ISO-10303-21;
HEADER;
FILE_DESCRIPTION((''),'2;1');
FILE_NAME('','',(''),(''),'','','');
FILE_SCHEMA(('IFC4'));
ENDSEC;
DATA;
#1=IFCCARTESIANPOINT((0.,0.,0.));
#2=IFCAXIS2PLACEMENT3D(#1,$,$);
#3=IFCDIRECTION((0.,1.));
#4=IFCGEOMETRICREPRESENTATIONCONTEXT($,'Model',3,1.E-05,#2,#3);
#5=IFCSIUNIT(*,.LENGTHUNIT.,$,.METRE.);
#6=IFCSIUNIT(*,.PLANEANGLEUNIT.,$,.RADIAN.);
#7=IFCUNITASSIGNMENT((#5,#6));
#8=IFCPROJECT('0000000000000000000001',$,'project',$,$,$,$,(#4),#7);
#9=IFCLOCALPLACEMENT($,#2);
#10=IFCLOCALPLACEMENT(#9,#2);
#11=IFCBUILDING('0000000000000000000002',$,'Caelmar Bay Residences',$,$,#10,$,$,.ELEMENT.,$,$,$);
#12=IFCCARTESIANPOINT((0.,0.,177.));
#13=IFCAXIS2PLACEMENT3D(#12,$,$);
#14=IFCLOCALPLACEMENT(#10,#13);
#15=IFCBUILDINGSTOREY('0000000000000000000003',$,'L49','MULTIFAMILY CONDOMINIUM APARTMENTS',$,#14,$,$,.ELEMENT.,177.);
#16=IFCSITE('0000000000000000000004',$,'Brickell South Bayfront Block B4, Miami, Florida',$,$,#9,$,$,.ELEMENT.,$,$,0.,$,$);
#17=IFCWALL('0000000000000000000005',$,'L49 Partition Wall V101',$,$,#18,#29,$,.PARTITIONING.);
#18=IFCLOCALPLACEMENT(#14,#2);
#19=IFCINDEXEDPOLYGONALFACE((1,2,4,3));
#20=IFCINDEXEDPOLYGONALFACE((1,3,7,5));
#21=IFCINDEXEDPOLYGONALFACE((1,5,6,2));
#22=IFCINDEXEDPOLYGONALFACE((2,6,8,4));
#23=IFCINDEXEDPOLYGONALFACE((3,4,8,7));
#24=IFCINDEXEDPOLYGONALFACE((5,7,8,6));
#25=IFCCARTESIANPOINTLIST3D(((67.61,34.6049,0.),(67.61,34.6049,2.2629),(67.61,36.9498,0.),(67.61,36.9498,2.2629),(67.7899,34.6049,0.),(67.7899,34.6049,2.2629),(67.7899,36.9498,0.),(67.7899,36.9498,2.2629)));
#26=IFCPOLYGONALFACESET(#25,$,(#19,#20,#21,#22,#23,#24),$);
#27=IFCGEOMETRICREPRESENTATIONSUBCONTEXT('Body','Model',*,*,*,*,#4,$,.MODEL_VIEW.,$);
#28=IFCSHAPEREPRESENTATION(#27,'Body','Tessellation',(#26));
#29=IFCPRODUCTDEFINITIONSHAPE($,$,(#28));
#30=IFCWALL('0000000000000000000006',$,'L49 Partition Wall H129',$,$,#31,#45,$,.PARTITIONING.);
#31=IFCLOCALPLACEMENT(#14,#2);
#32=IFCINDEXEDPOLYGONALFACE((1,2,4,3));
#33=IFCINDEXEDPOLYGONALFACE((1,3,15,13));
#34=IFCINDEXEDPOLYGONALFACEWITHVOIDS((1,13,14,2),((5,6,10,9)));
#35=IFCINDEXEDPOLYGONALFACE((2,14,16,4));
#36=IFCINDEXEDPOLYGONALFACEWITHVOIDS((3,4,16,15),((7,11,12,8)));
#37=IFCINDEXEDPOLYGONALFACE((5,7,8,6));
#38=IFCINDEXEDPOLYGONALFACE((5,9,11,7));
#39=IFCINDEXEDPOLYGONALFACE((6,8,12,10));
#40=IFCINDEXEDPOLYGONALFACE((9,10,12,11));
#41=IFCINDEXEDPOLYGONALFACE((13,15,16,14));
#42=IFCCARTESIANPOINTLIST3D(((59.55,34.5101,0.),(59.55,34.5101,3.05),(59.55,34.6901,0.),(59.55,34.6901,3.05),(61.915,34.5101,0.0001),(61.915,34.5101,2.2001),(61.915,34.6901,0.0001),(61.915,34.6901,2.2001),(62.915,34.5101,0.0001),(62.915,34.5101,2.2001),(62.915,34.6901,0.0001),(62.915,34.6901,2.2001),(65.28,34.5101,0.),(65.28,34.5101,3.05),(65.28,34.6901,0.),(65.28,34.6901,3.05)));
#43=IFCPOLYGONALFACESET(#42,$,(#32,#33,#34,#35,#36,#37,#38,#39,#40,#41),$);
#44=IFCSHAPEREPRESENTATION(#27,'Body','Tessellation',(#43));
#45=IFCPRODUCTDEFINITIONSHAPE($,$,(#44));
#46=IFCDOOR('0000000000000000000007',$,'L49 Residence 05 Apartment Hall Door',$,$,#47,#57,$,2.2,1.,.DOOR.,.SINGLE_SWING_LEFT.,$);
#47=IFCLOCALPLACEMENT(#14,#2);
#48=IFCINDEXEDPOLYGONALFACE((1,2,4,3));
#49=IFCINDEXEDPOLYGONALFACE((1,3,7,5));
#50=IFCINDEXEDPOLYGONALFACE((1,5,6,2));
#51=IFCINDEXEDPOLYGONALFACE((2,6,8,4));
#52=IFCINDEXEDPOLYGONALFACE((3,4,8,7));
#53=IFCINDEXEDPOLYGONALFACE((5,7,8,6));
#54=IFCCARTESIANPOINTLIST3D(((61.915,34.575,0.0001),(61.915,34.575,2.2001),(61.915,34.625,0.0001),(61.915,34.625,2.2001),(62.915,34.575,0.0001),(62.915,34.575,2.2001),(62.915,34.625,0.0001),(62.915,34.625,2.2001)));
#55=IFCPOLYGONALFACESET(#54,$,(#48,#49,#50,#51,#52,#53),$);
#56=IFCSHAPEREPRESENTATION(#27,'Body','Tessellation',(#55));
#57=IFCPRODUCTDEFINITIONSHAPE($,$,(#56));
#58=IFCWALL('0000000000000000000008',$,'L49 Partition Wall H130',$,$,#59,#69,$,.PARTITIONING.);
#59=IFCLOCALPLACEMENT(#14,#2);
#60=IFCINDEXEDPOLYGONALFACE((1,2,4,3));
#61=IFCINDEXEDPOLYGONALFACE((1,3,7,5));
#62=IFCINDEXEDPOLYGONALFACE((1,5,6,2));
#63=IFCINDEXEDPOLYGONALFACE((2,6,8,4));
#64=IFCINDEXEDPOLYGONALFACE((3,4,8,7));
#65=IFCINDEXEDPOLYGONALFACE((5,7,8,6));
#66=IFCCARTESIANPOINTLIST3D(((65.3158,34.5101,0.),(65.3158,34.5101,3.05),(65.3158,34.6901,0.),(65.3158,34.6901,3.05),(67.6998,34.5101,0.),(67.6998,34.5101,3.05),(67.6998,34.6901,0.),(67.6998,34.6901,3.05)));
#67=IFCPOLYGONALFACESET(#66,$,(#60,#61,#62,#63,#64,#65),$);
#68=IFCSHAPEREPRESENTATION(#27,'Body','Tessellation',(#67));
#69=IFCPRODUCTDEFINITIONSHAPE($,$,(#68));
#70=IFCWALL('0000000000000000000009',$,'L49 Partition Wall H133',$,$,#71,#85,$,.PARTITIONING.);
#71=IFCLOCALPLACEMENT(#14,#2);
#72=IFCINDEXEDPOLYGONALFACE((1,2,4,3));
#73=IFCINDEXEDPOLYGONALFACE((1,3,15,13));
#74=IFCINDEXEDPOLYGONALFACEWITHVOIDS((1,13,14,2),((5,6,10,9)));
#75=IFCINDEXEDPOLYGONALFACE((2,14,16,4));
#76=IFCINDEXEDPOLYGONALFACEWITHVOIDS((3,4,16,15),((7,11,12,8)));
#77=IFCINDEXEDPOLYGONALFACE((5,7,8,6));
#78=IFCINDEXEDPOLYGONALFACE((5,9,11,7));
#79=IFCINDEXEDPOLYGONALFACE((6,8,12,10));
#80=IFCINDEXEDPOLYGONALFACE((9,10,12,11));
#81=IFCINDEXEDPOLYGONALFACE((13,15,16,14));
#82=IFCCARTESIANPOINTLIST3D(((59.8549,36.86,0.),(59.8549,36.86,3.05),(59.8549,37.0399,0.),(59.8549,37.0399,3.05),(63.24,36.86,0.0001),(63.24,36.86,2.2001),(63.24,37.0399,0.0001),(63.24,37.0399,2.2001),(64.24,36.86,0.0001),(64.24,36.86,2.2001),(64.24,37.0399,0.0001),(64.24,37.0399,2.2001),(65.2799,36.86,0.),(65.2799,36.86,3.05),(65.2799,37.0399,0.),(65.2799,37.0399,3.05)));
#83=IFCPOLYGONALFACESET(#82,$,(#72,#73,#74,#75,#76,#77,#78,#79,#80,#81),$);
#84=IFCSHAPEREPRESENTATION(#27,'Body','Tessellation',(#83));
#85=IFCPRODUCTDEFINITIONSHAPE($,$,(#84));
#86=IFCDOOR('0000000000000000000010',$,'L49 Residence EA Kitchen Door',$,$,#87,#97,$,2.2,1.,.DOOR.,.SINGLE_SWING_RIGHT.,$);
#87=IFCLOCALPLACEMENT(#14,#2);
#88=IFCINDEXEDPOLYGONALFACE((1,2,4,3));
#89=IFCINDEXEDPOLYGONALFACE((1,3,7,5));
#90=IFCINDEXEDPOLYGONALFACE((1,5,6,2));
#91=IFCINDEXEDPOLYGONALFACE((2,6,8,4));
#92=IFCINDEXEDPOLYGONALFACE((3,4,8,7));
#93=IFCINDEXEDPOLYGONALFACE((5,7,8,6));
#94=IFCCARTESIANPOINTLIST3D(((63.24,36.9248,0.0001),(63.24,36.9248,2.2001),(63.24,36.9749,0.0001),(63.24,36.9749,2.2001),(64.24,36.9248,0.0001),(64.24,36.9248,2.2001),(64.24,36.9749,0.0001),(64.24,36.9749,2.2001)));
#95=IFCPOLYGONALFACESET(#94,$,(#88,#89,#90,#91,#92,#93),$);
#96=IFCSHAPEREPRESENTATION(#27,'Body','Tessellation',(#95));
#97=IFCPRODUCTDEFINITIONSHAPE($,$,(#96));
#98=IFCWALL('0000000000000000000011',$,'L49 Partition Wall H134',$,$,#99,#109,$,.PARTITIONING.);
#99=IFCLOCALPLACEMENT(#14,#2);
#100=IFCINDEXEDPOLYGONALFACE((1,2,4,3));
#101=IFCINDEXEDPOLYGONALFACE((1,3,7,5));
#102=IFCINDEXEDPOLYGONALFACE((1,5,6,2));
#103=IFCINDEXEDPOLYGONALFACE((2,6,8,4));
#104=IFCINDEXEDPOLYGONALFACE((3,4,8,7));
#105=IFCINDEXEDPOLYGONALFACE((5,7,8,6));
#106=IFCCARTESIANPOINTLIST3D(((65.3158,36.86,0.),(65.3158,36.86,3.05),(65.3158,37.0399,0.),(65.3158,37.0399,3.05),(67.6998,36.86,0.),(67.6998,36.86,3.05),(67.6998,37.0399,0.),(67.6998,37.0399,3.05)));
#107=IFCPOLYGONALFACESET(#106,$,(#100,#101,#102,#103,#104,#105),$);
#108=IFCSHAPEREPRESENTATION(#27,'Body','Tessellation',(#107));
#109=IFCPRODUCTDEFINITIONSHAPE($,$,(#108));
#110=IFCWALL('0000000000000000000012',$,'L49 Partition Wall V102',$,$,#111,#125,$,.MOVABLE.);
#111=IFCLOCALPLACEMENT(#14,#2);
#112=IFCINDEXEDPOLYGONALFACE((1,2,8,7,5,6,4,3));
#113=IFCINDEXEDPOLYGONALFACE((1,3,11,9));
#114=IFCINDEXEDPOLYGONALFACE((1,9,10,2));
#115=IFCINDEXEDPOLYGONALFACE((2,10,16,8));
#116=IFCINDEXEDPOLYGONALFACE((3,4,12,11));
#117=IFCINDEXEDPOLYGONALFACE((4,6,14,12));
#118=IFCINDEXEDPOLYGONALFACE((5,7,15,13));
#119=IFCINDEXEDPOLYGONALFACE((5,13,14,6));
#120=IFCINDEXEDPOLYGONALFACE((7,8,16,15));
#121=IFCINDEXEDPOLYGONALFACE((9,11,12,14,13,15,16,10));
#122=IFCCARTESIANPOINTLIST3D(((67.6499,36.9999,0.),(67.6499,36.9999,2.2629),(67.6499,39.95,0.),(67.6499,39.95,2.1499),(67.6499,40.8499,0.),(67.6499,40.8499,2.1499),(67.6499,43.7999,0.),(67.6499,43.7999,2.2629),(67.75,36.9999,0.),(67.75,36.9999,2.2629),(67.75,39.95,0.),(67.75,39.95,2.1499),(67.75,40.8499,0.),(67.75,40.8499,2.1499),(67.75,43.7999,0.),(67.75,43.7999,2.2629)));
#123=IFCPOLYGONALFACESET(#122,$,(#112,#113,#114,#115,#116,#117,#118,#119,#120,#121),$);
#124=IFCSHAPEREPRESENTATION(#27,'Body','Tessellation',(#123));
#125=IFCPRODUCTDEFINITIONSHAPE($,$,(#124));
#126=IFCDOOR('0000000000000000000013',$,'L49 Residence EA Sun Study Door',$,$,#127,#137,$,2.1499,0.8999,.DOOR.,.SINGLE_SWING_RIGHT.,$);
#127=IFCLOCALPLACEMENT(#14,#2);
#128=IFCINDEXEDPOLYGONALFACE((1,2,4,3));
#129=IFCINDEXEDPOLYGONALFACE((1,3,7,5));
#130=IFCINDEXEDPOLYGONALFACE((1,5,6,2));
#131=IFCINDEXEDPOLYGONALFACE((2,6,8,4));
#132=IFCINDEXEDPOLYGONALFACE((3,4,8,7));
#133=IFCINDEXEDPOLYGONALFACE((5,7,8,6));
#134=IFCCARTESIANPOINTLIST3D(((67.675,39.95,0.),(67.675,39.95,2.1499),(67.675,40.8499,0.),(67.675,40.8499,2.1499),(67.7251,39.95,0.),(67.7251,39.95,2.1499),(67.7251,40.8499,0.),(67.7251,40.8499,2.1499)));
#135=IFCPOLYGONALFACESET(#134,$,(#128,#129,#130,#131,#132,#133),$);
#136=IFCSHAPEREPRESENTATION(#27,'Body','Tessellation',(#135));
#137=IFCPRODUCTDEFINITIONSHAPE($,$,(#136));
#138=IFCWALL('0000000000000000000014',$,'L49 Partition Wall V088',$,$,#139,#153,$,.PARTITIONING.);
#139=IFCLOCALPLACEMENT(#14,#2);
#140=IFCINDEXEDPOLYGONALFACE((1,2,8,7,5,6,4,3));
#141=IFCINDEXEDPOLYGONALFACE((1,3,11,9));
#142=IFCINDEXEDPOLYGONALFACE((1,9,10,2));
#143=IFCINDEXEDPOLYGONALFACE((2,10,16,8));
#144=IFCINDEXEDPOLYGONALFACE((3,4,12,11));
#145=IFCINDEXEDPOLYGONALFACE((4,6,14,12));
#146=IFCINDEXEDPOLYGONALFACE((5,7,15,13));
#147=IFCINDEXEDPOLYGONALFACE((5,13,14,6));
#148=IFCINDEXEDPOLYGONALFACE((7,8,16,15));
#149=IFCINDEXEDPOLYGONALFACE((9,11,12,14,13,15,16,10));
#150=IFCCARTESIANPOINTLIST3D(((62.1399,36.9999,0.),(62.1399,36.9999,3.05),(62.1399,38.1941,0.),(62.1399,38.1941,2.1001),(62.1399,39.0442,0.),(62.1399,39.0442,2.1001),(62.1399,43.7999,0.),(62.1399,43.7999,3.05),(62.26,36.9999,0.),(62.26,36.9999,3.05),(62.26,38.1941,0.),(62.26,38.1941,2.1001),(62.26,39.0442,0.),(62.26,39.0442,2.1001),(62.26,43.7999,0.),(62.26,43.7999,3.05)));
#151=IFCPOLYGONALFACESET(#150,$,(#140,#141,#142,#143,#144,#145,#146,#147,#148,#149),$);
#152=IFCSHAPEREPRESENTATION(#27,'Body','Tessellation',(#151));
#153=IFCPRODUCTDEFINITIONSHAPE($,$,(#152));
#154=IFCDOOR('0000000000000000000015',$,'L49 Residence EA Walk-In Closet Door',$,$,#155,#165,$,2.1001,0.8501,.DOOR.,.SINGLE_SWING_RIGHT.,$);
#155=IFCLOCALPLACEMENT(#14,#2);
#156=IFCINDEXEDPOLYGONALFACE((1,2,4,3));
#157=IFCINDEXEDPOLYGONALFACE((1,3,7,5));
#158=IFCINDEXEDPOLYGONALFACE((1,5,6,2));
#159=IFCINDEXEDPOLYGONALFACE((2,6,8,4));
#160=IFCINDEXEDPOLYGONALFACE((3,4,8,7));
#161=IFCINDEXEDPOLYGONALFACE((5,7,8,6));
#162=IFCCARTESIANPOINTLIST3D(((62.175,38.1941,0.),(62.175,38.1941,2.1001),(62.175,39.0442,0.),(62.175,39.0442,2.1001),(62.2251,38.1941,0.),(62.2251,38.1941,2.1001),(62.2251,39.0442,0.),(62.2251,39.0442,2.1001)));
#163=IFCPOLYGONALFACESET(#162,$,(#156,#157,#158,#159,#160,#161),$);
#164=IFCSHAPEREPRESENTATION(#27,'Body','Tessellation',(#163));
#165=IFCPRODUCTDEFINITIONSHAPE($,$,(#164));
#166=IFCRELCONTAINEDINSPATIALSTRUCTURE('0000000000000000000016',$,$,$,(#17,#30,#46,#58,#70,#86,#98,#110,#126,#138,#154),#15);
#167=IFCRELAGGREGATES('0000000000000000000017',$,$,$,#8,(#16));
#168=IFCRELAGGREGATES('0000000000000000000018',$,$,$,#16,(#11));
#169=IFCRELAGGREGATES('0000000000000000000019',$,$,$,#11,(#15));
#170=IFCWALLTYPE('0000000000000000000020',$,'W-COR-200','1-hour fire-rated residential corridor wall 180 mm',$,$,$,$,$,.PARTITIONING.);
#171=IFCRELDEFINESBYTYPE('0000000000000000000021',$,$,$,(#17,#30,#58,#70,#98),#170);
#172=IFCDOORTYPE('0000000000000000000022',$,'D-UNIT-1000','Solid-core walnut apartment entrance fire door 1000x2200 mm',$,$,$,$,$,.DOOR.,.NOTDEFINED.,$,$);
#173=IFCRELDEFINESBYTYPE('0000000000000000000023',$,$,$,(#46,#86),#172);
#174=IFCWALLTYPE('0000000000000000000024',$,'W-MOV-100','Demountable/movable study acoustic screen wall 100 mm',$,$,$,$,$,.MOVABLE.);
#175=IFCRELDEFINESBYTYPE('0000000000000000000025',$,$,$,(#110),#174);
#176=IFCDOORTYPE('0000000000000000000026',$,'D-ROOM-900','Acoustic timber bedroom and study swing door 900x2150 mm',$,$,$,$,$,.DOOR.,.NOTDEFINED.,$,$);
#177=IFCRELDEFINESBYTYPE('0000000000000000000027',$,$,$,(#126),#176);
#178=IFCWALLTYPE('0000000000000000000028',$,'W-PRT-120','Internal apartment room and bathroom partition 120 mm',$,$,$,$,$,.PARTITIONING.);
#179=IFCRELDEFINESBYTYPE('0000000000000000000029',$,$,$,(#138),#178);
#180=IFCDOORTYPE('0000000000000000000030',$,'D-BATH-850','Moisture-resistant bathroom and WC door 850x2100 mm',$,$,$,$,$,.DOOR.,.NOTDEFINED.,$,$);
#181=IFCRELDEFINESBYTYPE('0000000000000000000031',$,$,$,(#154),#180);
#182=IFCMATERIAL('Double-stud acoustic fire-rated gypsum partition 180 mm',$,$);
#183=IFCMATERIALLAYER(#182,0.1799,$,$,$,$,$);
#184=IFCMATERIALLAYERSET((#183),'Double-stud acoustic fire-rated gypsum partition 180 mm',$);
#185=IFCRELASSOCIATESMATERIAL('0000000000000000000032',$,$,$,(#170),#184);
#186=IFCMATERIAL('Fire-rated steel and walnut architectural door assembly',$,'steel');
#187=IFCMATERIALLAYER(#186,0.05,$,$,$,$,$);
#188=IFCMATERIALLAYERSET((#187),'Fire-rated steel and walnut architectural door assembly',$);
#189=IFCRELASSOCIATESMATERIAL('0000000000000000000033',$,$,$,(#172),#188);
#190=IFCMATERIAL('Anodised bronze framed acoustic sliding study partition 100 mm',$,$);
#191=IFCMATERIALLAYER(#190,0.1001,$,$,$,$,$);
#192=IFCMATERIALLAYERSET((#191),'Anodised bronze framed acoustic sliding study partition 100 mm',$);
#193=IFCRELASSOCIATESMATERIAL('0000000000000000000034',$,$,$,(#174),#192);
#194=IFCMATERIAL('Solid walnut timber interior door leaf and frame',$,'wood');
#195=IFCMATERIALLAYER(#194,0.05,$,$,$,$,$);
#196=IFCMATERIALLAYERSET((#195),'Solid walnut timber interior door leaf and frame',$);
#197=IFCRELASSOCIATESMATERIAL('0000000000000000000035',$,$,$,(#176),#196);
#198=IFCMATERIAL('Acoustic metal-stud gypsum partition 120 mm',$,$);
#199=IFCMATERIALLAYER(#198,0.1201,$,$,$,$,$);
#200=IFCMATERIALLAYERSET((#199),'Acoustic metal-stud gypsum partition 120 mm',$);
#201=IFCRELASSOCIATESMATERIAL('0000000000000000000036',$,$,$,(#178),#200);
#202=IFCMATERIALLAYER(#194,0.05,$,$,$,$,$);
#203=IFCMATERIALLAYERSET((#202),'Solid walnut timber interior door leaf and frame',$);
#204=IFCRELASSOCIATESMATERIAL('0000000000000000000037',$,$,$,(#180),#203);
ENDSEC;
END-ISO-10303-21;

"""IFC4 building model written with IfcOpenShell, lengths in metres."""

from ifc_helpers import new_model, si_unit, direction, frame, frame_2d, origin, place, context, subcontext, project, spatial, rectangle, extrude, material, layer, layer_set, type_object, element, fill, save


model = new_model("IFC4")

# Units and contexts
model_context = context("Model", 3, precision=1e-05, world=origin(), true_north=direction((0.0, 1.0)))
body_context = subcontext(model_context, "Body", "Model", "MODEL_VIEW")
ifc_project = project(units=[si_unit("LENGTHUNIT", "METRE"), si_unit("PLANEANGLEUNIT", "RADIAN")], contexts=[model_context])

# Site, building, storey
site_placement = place(None, origin())
site = spatial("IfcSite", under=ifc_project, at=site_placement, Name="Brickell South Bayfront Block B4, Miami, Florida", CompositionType="ELEMENT", RefElevation=0.0)
building_placement = place(site_placement, origin())
building = spatial("IfcBuilding", under=site, at=building_placement, Name="Caelmar Bay Residences", CompositionType="ELEMENT")
storey_placement = place(building_placement, frame((0.0, 0.0, 177.0)))
storey = spatial("IfcBuildingStorey", under=building, at=storey_placement, Name="L49", Description="MULTIFAMILY CONDOMINIUM APARTMENTS", CompositionType="ELEMENT", Elevation=177.0)

# Wall
ifc_material_1 = material(Name="Double-stud acoustic fire-rated gypsum partition 180 mm")
ifc_layer_1 = layer(ifc_material_1, 0.1799)
ifc_layer_set_1 = layer_set([ifc_layer_1], Name="Double-stud acoustic fire-rated gypsum partition 180 mm")
wall_type_1 = type_object("IfcWallType", Name="W-COR-200", Description="1-hour fire-rated residential corridor wall 180 mm", PredefinedType="PARTITIONING", material=ifc_layer_set_1)
wall_1_placement = place(storey_placement, frame((67.7, 34.605, 0.0), z_axis=(0.0, 0.0, 1.0), x_axis=(0.0, 1.0, 0.0)))
element("IfcWall", 1, at=wall_1_placement, inside=storey, type_object=wall_type_1, Name="L49 Partition Wall V101", PredefinedType="PARTITIONING", context=body_context, shape_type="SweptSolid", body=[
    extrude(rectangle(XDim=2.345, YDim=0.1799, at=frame_2d((1.1724, 0.0))), origin(), (0.0, 0.0, 1.0), 2.2629),
])

# Wall, opening, door
wall_2_placement = place(storey_placement, frame((59.55, 34.6001, 0.0), z_axis=(0.0, 0.0, 1.0), x_axis=(1.0, 0.0, 0.0)))
wall_2 = element("IfcWall", 2, at=wall_2_placement, inside=storey, type_object=wall_type_1, Name="L49 Partition Wall H129", PredefinedType="PARTITIONING", context=body_context, shape_type="SweptSolid", body=[
    extrude(rectangle(XDim=5.73, YDim=0.1799, at=frame_2d((2.865, 0.0))), origin(), (0.0, 0.0, 1.0), 3.05),
])
opening_1_placement = place(wall_2_placement, frame((2.365, 0.0, 0.0)))
opening_1 = element("IfcOpeningElement", 3, at=opening_1_placement, cuts=wall_2, PredefinedType="OPENING", context=body_context, shape_type="SweptSolid", body=[
    extrude(rectangle(XDim=1.0, YDim=2.2, at=frame_2d((0.5, 1.1001))), frame((0.0, 0.0999, 0.0), z_axis=(0.0, -1.0, 0.0), x_axis=(1.0, 0.0, 0.0)), (0.0, 0.0, 1.0), 0.2),
])
ifc_material_2 = material(Name="Fire-rated steel and walnut architectural door assembly", Category="steel")
ifc_layer_2 = layer(ifc_material_2, 0.05)
ifc_layer_set_2 = layer_set([ifc_layer_2], Name="Fire-rated steel and walnut architectural door assembly")
door_type_1 = type_object("IfcDoorType", Name="D-UNIT-1000", Description="Solid-core walnut apartment entrance fire door 1000x2200 mm", OperationType="NOTDEFINED", PredefinedType="DOOR", material=ifc_layer_set_2)
door_1_placement = place(opening_1_placement, origin())
door_1 = element("IfcDoor", 4, at=door_1_placement, inside=storey, type_object=door_type_1, Name="L49 Residence 05 Apartment Hall Door", OperationType="SINGLE_SWING_LEFT", OverallHeight=2.2, OverallWidth=1.0, PredefinedType="DOOR", context=body_context, shape_type="SweptSolid", body=[
    extrude(rectangle(XDim=1.0, YDim=2.2, at=frame_2d((0.5, 1.1001))), frame((0.0, 0.0249, 0.0), z_axis=(0.0, -1.0, 0.0), x_axis=(1.0, 0.0, 0.0)), (0.0, 0.0, 1.0), 0.05),
])
fill(opening_1, door_1)

# Wall
wall_3_placement = place(storey_placement, frame((65.3159, 34.6001, 0.0), z_axis=(0.0, 0.0, 1.0), x_axis=(1.0, 0.0, 0.0)))
element("IfcWall", 5, at=wall_3_placement, inside=storey, type_object=wall_type_1, Name="L49 Partition Wall H130", PredefinedType="PARTITIONING", context=body_context, shape_type="SweptSolid", body=[
    extrude(rectangle(XDim=2.384, YDim=0.1799, at=frame_2d((1.1919, 0.0))), origin(), (0.0, 0.0, 1.0), 3.05),
])

# Wall, opening, door
wall_4_placement = place(storey_placement, frame((59.855, 36.95, 0.0), z_axis=(0.0, 0.0, 1.0), x_axis=(1.0, 0.0, 0.0)))
wall_4 = element("IfcWall", 6, at=wall_4_placement, inside=storey, type_object=wall_type_1, Name="L49 Partition Wall H133", PredefinedType="PARTITIONING", context=body_context, shape_type="SweptSolid", body=[
    extrude(rectangle(XDim=5.425, YDim=0.1799, at=frame_2d((2.7124, 0.0))), origin(), (0.0, 0.0, 1.0), 3.05),
])
opening_2_placement = place(wall_4_placement, frame((3.385, 0.0, 0.0)))
opening_2 = element("IfcOpeningElement", 7, at=opening_2_placement, cuts=wall_4, PredefinedType="OPENING", context=body_context, shape_type="SweptSolid", body=[
    extrude(rectangle(XDim=1.0, YDim=2.2, at=frame_2d((0.5, 1.1001))), frame((0.0, 0.0999, 0.0), z_axis=(0.0, -1.0, 0.0), x_axis=(1.0, 0.0, 0.0)), (0.0, 0.0, 1.0), 0.2),
])
door_2_placement = place(opening_2_placement, origin())
door_2 = element("IfcDoor", 8, at=door_2_placement, inside=storey, type_object=door_type_1, Name="L49 Residence EA Kitchen Door", OperationType="SINGLE_SWING_RIGHT", OverallHeight=2.2, OverallWidth=1.0, PredefinedType="DOOR", context=body_context, shape_type="SweptSolid", body=[
    extrude(rectangle(XDim=1.0, YDim=2.2, at=frame_2d((0.5, 1.1001))), frame((0.0, 0.0249, 0.0), z_axis=(0.0, -1.0, 0.0), x_axis=(1.0, 0.0, 0.0)), (0.0, 0.0, 1.0), 0.05),
])
fill(opening_2, door_2)

# Wall
wall_5_placement = place(storey_placement, frame((65.3159, 36.95, 0.0), z_axis=(0.0, 0.0, 1.0), x_axis=(1.0, 0.0, 0.0)))
element("IfcWall", 9, at=wall_5_placement, inside=storey, type_object=wall_type_1, Name="L49 Partition Wall H134", PredefinedType="PARTITIONING", context=body_context, shape_type="SweptSolid", body=[
    extrude(rectangle(XDim=2.384, YDim=0.1799, at=frame_2d((1.1919, 0.0))), origin(), (0.0, 0.0, 1.0), 3.05),
])

# Walls, openings, doors
ifc_material_3 = material(Name="Anodised bronze framed acoustic sliding study partition 100 mm")
ifc_layer_3 = layer(ifc_material_3, 0.1001)
ifc_layer_set_3 = layer_set([ifc_layer_3], Name="Anodised bronze framed acoustic sliding study partition 100 mm")
wall_type_2 = type_object("IfcWallType", Name="W-MOV-100", Description="Demountable/movable study acoustic screen wall 100 mm", PredefinedType="MOVABLE", material=ifc_layer_set_3)
wall_6_placement = place(storey_placement, frame((67.7, 37.0, 0.0), z_axis=(0.0, 0.0, 1.0), x_axis=(0.0, 1.0, 0.0)))
wall_6 = element("IfcWall", 10, at=wall_6_placement, inside=storey, type_object=wall_type_2, Name="L49 Partition Wall V102", PredefinedType="MOVABLE", context=body_context, shape_type="SweptSolid", body=[
    extrude(rectangle(XDim=6.8, YDim=0.1001, at=frame_2d((3.3999, 0.0))), origin(), (0.0, 0.0, 1.0), 2.2629),
])
opening_3_placement = place(wall_6_placement, frame((2.95, 0.0, 0.0)))
opening_3 = element("IfcOpeningElement", 11, at=opening_3_placement, cuts=wall_6, PredefinedType="OPENING", context=body_context, shape_type="SweptSolid", body=[
    extrude(rectangle(XDim=0.8999, YDim=2.1499, at=frame_2d((0.45, 1.075))), frame((0.0, 0.0601, 0.0), z_axis=(0.0, -1.0, 0.0), x_axis=(1.0, 0.0, 0.0)), (0.0, 0.0, 1.0), 0.1201),
])
ifc_material_4 = material(Name="Solid walnut timber interior door leaf and frame", Category="wood")
ifc_layer_4 = layer(ifc_material_4, 0.05)
ifc_layer_set_4 = layer_set([ifc_layer_4], Name="Solid walnut timber interior door leaf and frame")
door_type_2 = type_object("IfcDoorType", Name="D-ROOM-900", Description="Acoustic timber bedroom and study swing door 900x2150 mm", OperationType="NOTDEFINED", PredefinedType="DOOR", material=ifc_layer_set_4)
door_3_placement = place(opening_3_placement, origin())
door_3 = element("IfcDoor", 12, at=door_3_placement, inside=storey, type_object=door_type_2, Name="L49 Residence EA Sun Study Door", OperationType="SINGLE_SWING_RIGHT", OverallHeight=2.1499, OverallWidth=0.8999, PredefinedType="DOOR", context=body_context, shape_type="SweptSolid", body=[
    extrude(rectangle(XDim=0.8999, YDim=2.1499, at=frame_2d((0.45, 1.075))), frame((0.0, 0.0249, 0.0), z_axis=(0.0, -1.0, 0.0), x_axis=(1.0, 0.0, 0.0)), (0.0, 0.0, 1.0), 0.05),
])
fill(opening_3, door_3)
ifc_material_5 = material(Name="Acoustic metal-stud gypsum partition 120 mm")
ifc_layer_5 = layer(ifc_material_5, 0.1201)
ifc_layer_set_5 = layer_set([ifc_layer_5], Name="Acoustic metal-stud gypsum partition 120 mm")
wall_type_3 = type_object("IfcWallType", Name="W-PRT-120", Description="Internal apartment room and bathroom partition 120 mm", PredefinedType="PARTITIONING", material=ifc_layer_set_5)
wall_7_placement = place(storey_placement, frame((62.2, 37.0, 0.0), z_axis=(0.0, 0.0, 1.0), x_axis=(0.0, 1.0, 0.0)))
wall_7 = element("IfcWall", 13, at=wall_7_placement, inside=storey, type_object=wall_type_3, Name="L49 Partition Wall V088", PredefinedType="PARTITIONING", context=body_context, shape_type="SweptSolid", body=[
    extrude(rectangle(XDim=6.8, YDim=0.1201, at=frame_2d((3.3999, 0.0))), origin(), (0.0, 0.0, 1.0), 3.05),
])
opening_4_placement = place(wall_7_placement, frame((1.1941, 0.0, 0.0)))
opening_4 = element("IfcOpeningElement", 14, at=opening_4_placement, cuts=wall_7, PredefinedType="OPENING", context=body_context, shape_type="SweptSolid", body=[
    extrude(rectangle(XDim=0.8501, YDim=2.1001, at=frame_2d((0.425, 1.05))), frame((0.0, 0.0701, 0.0), z_axis=(0.0, -1.0, 0.0), x_axis=(1.0, 0.0, 0.0)), (0.0, 0.0, 1.0), 0.1401),
])
ifc_layer_6 = layer(ifc_material_4, 0.05)
ifc_layer_set_6 = layer_set([ifc_layer_6], Name="Solid walnut timber interior door leaf and frame")
door_type_3 = type_object("IfcDoorType", Name="D-BATH-850", Description="Moisture-resistant bathroom and WC door 850x2100 mm", OperationType="NOTDEFINED", PredefinedType="DOOR", material=ifc_layer_set_6)
door_4_placement = place(opening_4_placement, origin())
door_4 = element("IfcDoor", 15, at=door_4_placement, inside=storey, type_object=door_type_3, Name="L49 Residence EA Walk-In Closet Door", OperationType="SINGLE_SWING_RIGHT", OverallHeight=2.1001, OverallWidth=0.8501, PredefinedType="DOOR", context=body_context, shape_type="SweptSolid", body=[
    extrude(rectangle(XDim=0.8501, YDim=2.1001, at=frame_2d((0.425, 1.05))), frame((0.0, 0.0249, 0.0), z_axis=(0.0, -1.0, 0.0), x_axis=(1.0, 0.0, 0.0)), (0.0, 0.0, 1.0), 0.05),
])
fill(opening_4, door_4)

save(model, "model.ifc")
